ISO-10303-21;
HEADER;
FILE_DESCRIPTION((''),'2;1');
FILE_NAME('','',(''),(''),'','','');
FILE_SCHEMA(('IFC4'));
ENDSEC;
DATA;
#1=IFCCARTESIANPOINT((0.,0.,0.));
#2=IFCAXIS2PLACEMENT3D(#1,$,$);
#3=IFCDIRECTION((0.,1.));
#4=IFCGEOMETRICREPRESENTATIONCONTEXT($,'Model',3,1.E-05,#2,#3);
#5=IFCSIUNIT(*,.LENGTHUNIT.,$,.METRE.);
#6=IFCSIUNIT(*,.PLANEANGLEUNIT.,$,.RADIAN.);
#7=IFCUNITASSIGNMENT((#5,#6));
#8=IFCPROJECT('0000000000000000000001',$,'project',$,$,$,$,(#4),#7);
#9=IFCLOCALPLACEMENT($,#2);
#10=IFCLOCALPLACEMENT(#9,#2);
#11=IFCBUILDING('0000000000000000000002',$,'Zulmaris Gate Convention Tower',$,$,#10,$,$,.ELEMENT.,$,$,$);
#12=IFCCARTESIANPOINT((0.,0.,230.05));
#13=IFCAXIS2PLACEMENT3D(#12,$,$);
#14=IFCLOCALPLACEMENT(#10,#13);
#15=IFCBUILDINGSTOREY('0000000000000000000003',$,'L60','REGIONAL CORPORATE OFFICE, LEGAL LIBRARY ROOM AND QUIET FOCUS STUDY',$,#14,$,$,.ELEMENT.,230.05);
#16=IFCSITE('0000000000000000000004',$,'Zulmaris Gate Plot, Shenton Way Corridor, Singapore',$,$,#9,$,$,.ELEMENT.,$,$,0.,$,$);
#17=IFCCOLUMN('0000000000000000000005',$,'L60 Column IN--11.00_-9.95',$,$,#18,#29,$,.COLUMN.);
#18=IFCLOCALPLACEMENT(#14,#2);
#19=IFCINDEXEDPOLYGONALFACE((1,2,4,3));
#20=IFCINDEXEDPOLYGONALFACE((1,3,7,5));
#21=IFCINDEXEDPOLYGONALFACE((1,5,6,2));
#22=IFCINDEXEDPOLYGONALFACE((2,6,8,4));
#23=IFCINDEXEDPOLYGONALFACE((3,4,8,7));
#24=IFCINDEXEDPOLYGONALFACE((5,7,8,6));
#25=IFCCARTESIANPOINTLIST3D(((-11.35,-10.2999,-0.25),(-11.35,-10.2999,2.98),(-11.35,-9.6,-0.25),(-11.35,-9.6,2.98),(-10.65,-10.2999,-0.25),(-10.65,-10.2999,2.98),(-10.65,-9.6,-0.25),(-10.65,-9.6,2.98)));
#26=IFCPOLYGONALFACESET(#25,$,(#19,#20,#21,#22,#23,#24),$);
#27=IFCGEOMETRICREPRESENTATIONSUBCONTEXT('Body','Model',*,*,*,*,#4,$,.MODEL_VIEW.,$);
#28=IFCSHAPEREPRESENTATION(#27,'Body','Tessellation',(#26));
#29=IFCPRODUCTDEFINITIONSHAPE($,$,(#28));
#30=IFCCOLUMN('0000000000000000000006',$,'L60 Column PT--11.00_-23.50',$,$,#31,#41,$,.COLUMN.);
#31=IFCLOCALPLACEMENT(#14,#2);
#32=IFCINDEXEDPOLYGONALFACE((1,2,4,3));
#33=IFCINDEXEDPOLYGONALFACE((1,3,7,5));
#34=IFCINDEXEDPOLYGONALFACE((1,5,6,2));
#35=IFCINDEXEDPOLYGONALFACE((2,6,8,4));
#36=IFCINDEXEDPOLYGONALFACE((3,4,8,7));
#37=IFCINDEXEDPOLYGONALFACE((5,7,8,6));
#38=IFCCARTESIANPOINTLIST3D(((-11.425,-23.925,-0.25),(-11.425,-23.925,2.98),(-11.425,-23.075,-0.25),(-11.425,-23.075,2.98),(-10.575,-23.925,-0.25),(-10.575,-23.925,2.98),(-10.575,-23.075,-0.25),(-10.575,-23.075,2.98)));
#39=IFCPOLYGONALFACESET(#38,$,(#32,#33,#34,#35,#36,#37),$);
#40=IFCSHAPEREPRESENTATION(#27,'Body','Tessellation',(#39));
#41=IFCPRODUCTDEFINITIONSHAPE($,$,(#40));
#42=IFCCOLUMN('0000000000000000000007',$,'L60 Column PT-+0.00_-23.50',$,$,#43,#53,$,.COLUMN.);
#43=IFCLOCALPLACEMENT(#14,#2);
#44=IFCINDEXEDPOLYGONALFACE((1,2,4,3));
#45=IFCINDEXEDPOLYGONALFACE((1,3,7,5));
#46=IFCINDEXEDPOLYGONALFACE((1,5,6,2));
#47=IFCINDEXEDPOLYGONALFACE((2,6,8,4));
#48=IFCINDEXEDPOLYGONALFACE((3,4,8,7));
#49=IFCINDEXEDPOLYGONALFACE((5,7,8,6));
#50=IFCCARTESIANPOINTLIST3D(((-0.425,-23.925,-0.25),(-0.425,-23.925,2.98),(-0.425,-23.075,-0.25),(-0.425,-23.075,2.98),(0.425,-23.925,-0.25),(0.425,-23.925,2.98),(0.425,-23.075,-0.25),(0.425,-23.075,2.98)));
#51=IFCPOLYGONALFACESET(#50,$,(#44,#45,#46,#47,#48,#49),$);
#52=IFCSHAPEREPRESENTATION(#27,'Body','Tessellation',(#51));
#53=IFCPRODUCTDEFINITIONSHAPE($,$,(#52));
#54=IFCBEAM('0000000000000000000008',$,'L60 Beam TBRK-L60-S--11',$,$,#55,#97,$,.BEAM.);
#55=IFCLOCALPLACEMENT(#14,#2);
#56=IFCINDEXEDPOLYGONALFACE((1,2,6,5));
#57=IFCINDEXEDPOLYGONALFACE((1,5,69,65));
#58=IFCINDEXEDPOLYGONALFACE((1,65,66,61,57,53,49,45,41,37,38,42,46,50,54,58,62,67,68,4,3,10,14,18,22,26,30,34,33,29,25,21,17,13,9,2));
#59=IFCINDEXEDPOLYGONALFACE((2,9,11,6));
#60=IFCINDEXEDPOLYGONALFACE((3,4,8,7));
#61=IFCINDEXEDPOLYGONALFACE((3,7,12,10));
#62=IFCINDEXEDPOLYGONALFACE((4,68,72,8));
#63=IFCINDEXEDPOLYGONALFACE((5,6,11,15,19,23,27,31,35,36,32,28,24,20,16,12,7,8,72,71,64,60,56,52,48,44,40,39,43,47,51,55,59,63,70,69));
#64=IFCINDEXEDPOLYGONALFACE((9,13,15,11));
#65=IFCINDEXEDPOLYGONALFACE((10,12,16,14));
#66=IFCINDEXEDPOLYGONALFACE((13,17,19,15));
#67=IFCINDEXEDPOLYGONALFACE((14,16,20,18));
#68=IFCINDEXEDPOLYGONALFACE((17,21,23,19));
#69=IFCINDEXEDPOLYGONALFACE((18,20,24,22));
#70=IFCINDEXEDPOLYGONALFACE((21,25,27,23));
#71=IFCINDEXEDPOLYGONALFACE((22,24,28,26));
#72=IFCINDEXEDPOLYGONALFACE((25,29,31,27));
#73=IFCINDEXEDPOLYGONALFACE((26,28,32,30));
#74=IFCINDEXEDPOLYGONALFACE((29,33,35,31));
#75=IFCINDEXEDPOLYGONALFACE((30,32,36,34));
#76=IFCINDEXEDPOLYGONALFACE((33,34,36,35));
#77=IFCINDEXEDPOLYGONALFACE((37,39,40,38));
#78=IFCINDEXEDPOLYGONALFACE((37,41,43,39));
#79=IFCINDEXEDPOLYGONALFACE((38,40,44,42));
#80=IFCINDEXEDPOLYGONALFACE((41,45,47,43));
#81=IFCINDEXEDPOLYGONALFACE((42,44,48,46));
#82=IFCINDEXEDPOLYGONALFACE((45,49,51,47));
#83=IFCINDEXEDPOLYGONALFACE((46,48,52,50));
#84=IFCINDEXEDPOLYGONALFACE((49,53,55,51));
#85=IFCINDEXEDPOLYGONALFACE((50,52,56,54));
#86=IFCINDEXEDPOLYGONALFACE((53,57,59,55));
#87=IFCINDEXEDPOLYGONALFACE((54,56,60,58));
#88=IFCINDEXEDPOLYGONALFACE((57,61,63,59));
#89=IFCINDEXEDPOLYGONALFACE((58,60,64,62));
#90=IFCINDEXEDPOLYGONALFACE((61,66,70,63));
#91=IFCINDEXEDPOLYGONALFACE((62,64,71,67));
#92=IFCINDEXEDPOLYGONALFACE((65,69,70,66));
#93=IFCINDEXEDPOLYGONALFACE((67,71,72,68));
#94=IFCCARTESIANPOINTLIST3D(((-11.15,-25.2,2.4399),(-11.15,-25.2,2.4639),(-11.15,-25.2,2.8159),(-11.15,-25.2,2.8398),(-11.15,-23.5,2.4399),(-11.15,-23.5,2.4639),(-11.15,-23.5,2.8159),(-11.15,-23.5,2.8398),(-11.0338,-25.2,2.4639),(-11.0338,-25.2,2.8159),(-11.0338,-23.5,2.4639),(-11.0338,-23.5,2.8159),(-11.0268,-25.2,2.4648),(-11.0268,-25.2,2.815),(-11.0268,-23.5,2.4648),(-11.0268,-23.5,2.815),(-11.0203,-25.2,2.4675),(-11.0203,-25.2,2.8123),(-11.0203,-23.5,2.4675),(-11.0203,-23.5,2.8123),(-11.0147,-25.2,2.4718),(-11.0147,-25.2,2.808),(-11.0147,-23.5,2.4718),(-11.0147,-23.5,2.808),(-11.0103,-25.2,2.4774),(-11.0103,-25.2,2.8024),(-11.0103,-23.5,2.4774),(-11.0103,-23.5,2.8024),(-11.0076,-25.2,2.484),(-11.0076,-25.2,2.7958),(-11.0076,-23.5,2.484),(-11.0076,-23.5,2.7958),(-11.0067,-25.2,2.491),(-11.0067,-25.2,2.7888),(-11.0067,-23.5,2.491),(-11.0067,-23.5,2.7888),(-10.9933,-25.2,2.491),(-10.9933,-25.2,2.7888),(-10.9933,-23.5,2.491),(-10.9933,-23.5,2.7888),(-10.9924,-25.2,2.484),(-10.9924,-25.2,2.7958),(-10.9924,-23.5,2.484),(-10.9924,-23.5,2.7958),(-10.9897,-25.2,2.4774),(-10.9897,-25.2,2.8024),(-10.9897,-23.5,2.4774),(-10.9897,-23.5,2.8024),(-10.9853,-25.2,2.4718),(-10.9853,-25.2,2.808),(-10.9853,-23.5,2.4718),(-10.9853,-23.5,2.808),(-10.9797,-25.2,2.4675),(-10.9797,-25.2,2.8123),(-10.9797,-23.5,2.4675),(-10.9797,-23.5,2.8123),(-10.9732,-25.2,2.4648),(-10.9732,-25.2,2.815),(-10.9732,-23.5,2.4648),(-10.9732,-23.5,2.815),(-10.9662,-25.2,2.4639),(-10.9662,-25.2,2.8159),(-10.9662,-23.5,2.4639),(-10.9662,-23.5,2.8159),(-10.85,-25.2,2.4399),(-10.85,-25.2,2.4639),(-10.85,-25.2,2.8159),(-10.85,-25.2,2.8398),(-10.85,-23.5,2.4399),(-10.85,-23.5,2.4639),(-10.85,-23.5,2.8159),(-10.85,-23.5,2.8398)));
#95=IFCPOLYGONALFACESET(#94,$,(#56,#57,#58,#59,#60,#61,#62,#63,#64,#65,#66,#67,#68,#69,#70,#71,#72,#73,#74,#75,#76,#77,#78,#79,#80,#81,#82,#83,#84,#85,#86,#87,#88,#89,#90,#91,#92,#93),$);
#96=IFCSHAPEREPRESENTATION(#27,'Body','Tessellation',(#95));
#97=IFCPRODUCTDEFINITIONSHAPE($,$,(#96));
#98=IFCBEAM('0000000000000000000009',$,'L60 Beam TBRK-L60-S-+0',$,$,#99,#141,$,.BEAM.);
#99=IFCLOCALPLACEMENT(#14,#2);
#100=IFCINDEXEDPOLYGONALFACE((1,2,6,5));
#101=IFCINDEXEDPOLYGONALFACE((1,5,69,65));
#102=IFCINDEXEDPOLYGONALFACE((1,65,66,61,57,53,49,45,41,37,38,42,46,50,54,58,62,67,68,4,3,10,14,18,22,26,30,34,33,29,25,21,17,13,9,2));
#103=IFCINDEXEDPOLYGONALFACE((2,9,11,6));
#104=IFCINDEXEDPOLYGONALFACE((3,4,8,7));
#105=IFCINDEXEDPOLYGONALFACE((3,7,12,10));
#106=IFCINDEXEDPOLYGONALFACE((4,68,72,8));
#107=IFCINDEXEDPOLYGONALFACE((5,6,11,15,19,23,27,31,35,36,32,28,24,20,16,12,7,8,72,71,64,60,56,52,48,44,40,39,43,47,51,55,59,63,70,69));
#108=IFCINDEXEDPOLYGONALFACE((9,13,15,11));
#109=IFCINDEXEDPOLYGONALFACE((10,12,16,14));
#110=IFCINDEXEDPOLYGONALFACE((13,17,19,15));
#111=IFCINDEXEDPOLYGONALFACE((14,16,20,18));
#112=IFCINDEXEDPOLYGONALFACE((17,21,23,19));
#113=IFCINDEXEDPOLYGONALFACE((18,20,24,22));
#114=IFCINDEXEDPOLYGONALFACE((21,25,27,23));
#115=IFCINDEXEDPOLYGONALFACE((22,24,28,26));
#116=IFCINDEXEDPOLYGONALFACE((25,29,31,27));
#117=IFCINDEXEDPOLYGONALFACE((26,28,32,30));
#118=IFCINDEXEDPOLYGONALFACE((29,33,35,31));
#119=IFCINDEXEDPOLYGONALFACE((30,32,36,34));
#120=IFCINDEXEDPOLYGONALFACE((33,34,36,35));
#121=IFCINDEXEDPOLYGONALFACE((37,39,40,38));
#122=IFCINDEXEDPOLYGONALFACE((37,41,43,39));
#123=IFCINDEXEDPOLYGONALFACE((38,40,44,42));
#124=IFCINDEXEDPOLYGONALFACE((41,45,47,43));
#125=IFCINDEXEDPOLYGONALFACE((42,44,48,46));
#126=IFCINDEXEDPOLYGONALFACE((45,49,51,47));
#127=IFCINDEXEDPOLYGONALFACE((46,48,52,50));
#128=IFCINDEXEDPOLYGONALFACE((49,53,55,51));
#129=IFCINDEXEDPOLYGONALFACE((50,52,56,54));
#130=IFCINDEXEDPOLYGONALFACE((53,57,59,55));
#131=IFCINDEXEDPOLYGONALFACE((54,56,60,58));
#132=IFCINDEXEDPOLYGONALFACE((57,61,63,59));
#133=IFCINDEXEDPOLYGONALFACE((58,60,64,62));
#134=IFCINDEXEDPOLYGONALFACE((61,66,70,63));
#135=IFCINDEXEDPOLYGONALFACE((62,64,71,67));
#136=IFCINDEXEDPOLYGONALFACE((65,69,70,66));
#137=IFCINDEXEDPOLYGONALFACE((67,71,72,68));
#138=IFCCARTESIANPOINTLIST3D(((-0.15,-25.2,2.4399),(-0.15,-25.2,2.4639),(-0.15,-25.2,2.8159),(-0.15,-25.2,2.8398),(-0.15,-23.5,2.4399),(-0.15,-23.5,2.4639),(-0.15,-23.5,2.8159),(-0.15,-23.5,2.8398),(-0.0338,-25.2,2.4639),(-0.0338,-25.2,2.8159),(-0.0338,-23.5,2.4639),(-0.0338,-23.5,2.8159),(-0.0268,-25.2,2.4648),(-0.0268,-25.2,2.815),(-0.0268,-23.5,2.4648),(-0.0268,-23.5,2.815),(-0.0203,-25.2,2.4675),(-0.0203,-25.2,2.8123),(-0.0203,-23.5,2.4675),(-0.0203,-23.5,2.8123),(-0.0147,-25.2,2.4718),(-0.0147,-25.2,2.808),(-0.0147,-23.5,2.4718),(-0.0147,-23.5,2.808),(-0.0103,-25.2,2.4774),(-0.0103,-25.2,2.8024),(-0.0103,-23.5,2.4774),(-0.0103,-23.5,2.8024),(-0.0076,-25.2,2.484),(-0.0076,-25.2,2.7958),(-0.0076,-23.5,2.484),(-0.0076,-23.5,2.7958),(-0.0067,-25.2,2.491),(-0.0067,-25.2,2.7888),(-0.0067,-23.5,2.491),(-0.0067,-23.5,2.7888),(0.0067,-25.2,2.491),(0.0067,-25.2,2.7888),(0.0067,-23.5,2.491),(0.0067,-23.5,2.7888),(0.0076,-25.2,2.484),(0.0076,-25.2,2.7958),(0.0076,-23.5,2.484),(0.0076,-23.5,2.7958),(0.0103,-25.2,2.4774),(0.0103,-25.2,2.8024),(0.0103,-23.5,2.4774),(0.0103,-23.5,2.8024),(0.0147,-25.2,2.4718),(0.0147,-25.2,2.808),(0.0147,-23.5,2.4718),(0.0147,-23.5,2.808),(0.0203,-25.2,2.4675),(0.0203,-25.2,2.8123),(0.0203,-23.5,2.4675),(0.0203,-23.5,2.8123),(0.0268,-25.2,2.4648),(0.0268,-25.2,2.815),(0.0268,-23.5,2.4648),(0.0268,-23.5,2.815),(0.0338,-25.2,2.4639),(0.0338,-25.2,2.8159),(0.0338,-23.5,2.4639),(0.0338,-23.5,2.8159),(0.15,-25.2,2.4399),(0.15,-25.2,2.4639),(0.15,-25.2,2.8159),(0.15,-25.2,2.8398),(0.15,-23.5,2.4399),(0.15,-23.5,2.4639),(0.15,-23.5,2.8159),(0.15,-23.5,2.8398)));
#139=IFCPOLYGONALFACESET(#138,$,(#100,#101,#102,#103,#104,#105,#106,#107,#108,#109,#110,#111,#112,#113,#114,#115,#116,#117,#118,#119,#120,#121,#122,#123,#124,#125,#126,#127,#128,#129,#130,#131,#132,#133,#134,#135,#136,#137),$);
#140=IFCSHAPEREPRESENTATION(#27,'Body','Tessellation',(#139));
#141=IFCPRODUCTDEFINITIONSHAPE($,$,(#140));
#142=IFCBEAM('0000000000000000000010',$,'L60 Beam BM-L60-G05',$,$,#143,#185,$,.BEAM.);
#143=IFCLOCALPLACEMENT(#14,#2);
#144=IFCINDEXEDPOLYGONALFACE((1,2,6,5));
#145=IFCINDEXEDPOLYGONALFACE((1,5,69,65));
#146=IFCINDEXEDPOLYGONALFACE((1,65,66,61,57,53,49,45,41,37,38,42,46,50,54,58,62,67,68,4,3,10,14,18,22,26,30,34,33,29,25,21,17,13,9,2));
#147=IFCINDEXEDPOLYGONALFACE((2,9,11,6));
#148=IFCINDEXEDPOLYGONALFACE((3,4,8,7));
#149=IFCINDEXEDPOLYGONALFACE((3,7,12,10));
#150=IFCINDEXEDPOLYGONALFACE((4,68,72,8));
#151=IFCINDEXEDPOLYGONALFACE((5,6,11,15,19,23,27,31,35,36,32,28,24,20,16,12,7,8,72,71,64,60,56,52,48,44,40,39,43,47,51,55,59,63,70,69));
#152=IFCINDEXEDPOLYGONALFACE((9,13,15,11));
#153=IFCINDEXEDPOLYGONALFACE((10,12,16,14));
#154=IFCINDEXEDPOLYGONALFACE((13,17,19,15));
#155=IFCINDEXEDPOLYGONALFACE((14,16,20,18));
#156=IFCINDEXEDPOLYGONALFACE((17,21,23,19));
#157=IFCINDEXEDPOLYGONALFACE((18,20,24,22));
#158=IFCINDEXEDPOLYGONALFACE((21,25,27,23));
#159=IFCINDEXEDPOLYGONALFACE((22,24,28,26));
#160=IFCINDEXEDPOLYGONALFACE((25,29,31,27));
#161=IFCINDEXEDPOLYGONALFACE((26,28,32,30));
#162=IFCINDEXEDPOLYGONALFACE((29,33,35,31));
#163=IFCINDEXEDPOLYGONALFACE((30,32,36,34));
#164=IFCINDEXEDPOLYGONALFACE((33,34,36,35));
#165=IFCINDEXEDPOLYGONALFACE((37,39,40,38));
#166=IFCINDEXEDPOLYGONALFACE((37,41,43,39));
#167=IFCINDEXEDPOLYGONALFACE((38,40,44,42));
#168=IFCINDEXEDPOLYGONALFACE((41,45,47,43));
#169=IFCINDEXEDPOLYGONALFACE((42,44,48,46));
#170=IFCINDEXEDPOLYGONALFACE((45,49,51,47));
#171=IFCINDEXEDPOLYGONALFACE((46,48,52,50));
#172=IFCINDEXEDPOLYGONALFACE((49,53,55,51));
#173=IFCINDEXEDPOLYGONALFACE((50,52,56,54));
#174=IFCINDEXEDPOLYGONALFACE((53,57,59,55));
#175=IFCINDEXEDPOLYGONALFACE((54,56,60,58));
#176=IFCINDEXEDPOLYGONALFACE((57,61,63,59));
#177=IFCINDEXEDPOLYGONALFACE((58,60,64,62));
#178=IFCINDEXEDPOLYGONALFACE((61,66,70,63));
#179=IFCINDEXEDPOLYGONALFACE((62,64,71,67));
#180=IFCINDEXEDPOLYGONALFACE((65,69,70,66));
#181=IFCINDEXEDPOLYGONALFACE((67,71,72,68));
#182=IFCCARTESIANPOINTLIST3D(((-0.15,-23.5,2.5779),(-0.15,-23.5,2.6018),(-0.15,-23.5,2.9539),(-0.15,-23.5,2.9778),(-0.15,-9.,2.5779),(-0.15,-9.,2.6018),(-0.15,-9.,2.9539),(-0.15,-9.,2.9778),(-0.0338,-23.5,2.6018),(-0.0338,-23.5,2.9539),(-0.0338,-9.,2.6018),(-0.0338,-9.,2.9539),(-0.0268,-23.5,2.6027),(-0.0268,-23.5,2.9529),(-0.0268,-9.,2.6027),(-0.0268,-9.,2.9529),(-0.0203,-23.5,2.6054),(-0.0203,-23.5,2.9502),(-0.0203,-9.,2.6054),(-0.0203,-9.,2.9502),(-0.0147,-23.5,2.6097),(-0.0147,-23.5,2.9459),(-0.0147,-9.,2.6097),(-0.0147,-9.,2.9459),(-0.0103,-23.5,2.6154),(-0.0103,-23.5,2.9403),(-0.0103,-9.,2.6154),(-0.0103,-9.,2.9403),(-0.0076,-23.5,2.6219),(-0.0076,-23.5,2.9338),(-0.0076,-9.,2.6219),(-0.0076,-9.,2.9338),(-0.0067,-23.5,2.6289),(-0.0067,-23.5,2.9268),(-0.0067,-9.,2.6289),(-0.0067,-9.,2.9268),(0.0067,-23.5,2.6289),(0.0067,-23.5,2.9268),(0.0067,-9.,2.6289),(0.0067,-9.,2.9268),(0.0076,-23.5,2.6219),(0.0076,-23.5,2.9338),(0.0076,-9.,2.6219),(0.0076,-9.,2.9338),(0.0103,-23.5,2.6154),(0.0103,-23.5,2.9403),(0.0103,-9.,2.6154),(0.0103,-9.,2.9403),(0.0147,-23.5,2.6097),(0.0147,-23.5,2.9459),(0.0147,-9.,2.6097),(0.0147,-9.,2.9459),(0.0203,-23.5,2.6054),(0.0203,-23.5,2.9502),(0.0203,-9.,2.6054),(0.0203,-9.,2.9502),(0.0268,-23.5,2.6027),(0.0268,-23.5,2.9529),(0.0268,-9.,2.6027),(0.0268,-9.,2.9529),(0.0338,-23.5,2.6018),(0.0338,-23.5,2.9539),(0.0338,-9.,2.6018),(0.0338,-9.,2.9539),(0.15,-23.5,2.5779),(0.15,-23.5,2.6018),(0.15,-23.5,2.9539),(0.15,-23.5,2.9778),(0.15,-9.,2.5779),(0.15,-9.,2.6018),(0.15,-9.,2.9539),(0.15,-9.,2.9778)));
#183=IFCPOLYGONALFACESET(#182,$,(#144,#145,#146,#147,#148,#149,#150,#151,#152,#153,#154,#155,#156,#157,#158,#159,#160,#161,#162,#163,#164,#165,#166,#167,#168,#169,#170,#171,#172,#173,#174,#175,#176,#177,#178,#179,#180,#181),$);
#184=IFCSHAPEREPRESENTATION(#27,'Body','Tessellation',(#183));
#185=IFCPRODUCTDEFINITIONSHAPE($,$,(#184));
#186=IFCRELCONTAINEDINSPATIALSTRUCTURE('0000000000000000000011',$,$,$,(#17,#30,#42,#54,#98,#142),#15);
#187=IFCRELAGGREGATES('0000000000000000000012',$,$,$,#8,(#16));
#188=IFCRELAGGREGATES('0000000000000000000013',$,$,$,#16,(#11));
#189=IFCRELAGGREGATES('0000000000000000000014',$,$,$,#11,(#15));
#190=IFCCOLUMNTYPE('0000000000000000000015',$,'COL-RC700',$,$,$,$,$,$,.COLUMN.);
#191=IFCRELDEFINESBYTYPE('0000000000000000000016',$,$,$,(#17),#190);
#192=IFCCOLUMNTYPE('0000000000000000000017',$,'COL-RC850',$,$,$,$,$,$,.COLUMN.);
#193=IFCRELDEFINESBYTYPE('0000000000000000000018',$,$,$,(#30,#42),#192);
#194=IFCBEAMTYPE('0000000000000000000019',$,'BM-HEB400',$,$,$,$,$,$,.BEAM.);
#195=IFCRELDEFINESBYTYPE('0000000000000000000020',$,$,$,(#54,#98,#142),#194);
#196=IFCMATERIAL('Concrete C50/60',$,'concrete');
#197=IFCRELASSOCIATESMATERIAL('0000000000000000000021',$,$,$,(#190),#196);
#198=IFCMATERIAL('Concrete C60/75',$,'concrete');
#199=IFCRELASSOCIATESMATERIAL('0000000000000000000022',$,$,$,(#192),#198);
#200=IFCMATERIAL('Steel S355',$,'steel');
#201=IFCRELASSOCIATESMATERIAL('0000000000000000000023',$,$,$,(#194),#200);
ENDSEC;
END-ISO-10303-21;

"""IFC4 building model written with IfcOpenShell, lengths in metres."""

from ifc_helpers import new_model, si_unit, direction, frame, origin, origin_2d, place, context, subcontext, project, spatial, rectangle, i_section, extrude, material, material_profile, profile_set, type_object, element, save


model = new_model("IFC4")

# Units and contexts
model_context = context("Model", 3, precision=1e-05, world=origin(), true_north=direction((0.0, 1.0)))
body_context = subcontext(model_context, "Body", "Model", "MODEL_VIEW")
ifc_project = project(units=[si_unit("LENGTHUNIT", "METRE"), si_unit("PLANEANGLEUNIT", "RADIAN")], contexts=[model_context])

# Site, building, storey
site_placement = place(None, origin())
site = spatial("IfcSite", under=ifc_project, at=site_placement, Name="Zulmaris Gate Plot, Shenton Way Corridor, Singapore", CompositionType="ELEMENT", RefElevation=0.0)
building_placement = place(site_placement, origin())
building = spatial("IfcBuilding", under=site, at=building_placement, Name="Zulmaris Gate Convention Tower", CompositionType="ELEMENT")
storey_placement = place(building_placement, frame((0.0, 0.0, 230.05)))
storey = spatial("IfcBuildingStorey", under=building, at=storey_placement, Name="L60", Description="REGIONAL CORPORATE OFFICE, LEGAL LIBRARY ROOM AND QUIET FOCUS STUDY", CompositionType="ELEMENT", Elevation=230.05)

# Columns
ifc_material_1 = material(Name="Concrete C50/60", Category="concrete")
ifc_material_profile_1 = material_profile(ifc_material_1, rectangle(XDim=0.7, YDim=0.7, at=origin_2d()), Name="RC COL 700x700")
ifc_profile_set_1 = profile_set([ifc_material_profile_1], Name="Concrete C50/60")
column_type_1 = type_object("IfcColumnType", Name="COL-RC700", PredefinedType="COLUMN", material=ifc_profile_set_1)
column_placement = place(storey_placement, frame((-11.0, -9.95, -0.25), z_axis=(0.0, 0.0, 1.0), x_axis=(1.0, 0.0, 0.0)))
element("IfcColumn", 1, at=column_placement, inside=storey, type_object=column_type_1, Name="L60 Column IN--11.00_-9.95", PredefinedType="COLUMN", context=body_context, shape_type="SweptSolid", body=[
    extrude(rectangle(XDim=0.7, YDim=0.7, at=origin_2d()), origin(), (0.0, 0.0, 1.0), 3.23),
])
ifc_material_2 = material(Name="Concrete C60/75", Category="concrete")
ifc_material_profile_2 = material_profile(ifc_material_2, rectangle(XDim=0.8501, YDim=0.8501, at=origin_2d()), Name="RC COL 850x850")
ifc_profile_set_2 = profile_set([ifc_material_profile_2], Name="Concrete C60/75")
column_type_2 = type_object("IfcColumnType", Name="COL-RC850", PredefinedType="COLUMN", material=ifc_profile_set_2)
for number, where, z_axis, x_axis, name in (
    (2, (-11.0, -23.5, -0.25), (0.0, 0.0, 1.0), (1.0, 0.0, 0.0), "L60 Column PT--11.00_-23.50"),
    (3, (0.0, -23.5, -0.25), (0.0, 0.0, 1.0), (1.0, 0.0, 0.0), "L60 Column PT-+0.00_-23.50"),
):
    element("IfcColumn", number, at=place(storey_placement, frame(where, z_axis=z_axis, x_axis=x_axis)), inside=storey, type_object=column_type_2, Name=name, PredefinedType="COLUMN", context=body_context, shape_type="SweptSolid", body=[
        extrude(rectangle(XDim=0.8501, YDim=0.8501, at=origin_2d()), origin(), (0.0, 0.0, 1.0), 3.23),
    ])

# Beams
ifc_material_3 = material(Name="Steel S355", Category="steel")
ifc_material_profile_3 = material_profile(ifc_material_3, i_section(OverallWidth=0.3, OverallDepth=0.3999, WebThickness=0.0134, FlangeThickness=0.0239, FilletRadius=0.0271, at=origin_2d()), Name="HEB 400")
ifc_profile_set_3 = profile_set([ifc_material_profile_3], Name="Steel S355")
beam_type_1 = type_object("IfcBeamType", Name="BM-HEB400", PredefinedType="BEAM", material=ifc_profile_set_3)
for number, where, z_axis, x_axis, name in (
    (4, (-11.0, -25.2, 2.6399), (0.0, 1.0, 0.0), (-1.0, 0.0, 0.0), "L60 Beam TBRK-L60-S--11"),
    (5, (0.0, -25.2, 2.6399), (0.0, 1.0, 0.0), (-1.0, 0.0, 0.0), "L60 Beam TBRK-L60-S-+0"),
):
    element("IfcBeam", number, at=place(storey_placement, frame(where, z_axis=z_axis, x_axis=x_axis)), inside=storey, type_object=beam_type_1, Name=name, PredefinedType="BEAM", context=body_context, shape_type="SweptSolid", body=[
        extrude(i_section(OverallWidth=0.3, OverallDepth=0.3999, WebThickness=0.0134, FlangeThickness=0.0239, FilletRadius=0.0271, at=origin_2d()), origin(), (0.0, 0.0, 1.0), 1.7),
    ])
beam_1_placement = place(storey_placement, frame((0.0, -23.5, 2.7778), z_axis=(0.0, 1.0, 0.0), x_axis=(-1.0, 0.0, 0.0)))
element("IfcBeam", 6, at=beam_1_placement, inside=storey, type_object=beam_type_1, Name="L60 Beam BM-L60-G05", PredefinedType="BEAM", context=body_context, shape_type="SweptSolid", body=[
    extrude(i_section(OverallWidth=0.3, OverallDepth=0.3999, WebThickness=0.0134, FlangeThickness=0.0239, FilletRadius=0.0271, at=origin_2d()), origin(), (0.0, 0.0, 1.0), 14.5),
])

save(model, "model.ifc")
